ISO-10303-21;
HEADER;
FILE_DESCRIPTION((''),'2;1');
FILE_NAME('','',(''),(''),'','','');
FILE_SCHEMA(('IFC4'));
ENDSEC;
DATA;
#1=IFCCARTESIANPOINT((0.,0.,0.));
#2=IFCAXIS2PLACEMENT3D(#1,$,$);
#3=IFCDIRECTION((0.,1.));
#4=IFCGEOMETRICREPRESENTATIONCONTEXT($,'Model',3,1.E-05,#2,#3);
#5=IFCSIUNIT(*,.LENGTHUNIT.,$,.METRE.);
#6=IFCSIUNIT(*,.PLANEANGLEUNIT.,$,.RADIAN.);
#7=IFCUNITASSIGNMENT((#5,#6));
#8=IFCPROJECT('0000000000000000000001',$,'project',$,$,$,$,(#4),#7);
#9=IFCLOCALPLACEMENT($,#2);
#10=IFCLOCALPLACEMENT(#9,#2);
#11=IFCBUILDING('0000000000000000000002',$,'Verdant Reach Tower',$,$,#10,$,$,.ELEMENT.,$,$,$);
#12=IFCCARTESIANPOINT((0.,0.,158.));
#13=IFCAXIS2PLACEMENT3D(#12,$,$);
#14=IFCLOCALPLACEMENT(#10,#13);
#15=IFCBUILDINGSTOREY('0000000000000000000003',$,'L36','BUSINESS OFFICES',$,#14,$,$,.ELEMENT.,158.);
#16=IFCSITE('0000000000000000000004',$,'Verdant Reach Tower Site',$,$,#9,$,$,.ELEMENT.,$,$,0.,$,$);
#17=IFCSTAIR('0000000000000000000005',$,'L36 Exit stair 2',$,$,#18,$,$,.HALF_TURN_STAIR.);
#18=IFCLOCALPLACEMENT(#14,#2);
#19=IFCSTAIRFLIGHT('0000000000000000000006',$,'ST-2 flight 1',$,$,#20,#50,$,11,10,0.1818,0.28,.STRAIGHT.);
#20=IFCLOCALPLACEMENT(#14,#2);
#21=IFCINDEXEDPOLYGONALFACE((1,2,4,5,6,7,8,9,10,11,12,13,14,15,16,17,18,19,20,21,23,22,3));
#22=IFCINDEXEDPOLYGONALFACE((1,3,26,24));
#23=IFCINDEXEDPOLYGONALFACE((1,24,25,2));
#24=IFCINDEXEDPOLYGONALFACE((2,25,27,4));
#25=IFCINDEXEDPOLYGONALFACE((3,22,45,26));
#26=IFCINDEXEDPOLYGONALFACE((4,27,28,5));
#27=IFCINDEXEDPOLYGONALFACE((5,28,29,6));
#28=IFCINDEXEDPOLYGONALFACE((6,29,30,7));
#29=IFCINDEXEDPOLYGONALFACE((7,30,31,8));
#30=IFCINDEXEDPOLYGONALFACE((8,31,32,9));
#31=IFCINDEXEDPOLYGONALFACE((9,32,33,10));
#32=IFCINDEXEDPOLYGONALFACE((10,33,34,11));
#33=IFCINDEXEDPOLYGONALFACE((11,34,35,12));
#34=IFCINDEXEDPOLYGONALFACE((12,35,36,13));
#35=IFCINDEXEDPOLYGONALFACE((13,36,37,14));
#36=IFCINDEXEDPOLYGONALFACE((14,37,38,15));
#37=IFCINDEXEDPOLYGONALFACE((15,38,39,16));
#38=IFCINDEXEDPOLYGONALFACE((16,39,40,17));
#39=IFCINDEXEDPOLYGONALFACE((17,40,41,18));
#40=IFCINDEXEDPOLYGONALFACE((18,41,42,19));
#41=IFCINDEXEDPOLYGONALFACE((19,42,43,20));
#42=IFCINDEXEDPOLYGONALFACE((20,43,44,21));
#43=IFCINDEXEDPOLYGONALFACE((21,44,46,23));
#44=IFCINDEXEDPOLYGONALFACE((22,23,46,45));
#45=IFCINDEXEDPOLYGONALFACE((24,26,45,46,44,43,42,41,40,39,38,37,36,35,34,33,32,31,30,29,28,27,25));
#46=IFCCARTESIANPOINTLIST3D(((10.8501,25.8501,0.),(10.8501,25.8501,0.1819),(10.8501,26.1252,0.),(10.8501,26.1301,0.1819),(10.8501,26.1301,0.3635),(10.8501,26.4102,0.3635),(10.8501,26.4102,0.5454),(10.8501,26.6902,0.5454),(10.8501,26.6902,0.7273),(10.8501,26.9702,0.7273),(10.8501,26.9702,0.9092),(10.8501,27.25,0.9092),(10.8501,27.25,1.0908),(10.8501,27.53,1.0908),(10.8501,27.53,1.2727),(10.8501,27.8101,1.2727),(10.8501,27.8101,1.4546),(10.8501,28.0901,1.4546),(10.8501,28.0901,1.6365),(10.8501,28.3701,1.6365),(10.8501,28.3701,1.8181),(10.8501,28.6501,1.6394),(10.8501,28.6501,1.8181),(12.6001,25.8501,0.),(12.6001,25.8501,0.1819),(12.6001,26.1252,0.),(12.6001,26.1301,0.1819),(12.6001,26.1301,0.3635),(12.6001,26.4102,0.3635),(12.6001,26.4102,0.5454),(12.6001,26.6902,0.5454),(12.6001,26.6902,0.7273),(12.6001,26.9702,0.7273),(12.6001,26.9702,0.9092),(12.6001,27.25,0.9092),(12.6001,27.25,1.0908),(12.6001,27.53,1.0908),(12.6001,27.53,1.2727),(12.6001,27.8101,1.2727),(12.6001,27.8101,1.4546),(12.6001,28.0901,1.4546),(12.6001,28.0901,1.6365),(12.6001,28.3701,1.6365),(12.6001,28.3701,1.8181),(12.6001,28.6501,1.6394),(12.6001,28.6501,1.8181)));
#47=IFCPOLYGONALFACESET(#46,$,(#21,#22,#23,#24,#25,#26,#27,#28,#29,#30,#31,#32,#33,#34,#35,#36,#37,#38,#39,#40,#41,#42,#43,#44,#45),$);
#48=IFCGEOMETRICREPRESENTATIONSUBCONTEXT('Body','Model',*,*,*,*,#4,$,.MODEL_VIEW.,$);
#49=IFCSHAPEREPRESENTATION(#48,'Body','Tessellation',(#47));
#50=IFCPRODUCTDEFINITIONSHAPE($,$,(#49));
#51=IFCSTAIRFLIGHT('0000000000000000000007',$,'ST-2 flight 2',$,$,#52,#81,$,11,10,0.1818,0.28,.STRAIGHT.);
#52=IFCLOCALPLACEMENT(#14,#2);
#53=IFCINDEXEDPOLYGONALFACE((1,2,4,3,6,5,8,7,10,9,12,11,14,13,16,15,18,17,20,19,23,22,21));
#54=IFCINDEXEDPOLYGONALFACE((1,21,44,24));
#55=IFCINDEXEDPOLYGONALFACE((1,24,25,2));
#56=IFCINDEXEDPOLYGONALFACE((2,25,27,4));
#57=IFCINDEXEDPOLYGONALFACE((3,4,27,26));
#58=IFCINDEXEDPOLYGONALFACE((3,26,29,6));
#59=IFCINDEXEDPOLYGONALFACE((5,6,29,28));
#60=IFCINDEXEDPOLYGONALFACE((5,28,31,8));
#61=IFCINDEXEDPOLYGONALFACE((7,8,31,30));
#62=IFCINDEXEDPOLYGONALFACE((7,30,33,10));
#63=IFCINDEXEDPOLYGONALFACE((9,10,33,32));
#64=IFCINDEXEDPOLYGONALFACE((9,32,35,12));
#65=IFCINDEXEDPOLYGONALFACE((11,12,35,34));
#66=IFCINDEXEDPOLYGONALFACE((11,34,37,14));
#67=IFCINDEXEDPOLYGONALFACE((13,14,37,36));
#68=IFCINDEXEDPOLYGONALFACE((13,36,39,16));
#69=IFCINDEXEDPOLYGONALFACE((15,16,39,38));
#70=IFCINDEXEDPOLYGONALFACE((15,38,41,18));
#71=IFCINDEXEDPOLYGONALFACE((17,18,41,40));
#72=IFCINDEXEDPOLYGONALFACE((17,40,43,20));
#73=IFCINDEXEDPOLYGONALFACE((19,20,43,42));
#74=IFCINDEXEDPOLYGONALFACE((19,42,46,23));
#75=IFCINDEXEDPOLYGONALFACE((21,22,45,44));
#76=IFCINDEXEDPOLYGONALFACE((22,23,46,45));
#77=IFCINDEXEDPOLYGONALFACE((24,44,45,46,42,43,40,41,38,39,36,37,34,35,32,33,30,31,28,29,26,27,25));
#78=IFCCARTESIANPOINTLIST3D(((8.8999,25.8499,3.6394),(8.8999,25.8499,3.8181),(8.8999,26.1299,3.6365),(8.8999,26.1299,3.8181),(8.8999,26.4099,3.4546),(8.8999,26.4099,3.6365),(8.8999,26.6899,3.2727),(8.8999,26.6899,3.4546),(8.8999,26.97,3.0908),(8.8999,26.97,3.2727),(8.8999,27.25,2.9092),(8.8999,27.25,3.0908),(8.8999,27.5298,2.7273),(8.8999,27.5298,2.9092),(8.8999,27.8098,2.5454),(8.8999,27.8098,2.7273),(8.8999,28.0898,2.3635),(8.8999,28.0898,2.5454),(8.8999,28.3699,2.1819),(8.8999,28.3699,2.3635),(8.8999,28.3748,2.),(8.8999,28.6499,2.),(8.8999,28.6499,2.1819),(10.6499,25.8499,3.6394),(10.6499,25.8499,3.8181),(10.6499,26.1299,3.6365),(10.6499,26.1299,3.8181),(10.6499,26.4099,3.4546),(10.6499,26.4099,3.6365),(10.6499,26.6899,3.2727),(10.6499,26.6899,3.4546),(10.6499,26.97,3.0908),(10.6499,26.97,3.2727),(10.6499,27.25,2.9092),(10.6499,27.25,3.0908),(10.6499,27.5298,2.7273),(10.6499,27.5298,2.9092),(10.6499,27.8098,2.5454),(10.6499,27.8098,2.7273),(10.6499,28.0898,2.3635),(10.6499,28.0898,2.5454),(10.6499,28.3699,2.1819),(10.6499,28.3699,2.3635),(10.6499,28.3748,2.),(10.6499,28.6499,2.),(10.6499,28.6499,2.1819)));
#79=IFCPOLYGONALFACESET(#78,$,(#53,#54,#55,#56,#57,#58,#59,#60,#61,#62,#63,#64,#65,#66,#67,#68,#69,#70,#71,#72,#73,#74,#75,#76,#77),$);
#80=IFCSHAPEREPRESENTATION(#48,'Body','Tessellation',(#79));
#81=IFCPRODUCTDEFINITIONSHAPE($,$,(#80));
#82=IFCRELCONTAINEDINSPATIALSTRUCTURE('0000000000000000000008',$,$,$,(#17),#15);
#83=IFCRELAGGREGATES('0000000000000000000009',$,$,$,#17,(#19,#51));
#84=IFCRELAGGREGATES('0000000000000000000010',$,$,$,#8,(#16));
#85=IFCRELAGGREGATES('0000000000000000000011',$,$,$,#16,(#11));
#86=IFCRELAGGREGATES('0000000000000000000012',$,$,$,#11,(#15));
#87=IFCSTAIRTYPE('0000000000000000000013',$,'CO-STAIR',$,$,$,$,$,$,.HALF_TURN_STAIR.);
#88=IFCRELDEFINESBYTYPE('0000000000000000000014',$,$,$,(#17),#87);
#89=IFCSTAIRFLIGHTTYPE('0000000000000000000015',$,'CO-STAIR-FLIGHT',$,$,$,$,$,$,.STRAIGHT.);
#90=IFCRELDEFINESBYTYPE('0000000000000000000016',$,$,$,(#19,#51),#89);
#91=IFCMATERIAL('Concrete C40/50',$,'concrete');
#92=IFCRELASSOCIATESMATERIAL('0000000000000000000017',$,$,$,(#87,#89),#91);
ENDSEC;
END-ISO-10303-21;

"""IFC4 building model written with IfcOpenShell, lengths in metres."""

from ifc_helpers import new_model, si_unit, direction, frame, origin, place, context, subcontext, project, spatial, polyline, outline, extrude, material, type_object, element, aggregate, save


model = new_model("IFC4")

# Units and contexts
model_context = context("Model", 3, precision=1e-05, world=origin(), true_north=direction((0.0, 1.0)))
body_context = subcontext(model_context, "Body", "Model", "MODEL_VIEW")
ifc_project = project(units=[si_unit("LENGTHUNIT", "METRE"), si_unit("PLANEANGLEUNIT", "RADIAN")], contexts=[model_context])

# Site, building, storey
site_placement = place(None, origin())
site = spatial("IfcSite", under=ifc_project, at=site_placement, Name="Verdant Reach Tower Site", CompositionType="ELEMENT", RefElevation=0.0)
building_placement = place(site_placement, origin())
building = spatial("IfcBuilding", under=site, at=building_placement, Name="Verdant Reach Tower", CompositionType="ELEMENT")
storey_placement = place(building_placement, frame((0.0, 0.0, 158.0)))
storey = spatial("IfcBuildingStorey", under=building, at=storey_placement, Name="L36", Description="BUSINESS OFFICES", CompositionType="ELEMENT", Elevation=158.0)

# Shared definitions
ifc_material_1 = material(Name="Concrete C40/50", Category="concrete")

# Stair, stair flights
stair_type = type_object("IfcStairType", Name="CO-STAIR", PredefinedType="HALF_TURN_STAIR", material=ifc_material_1)
stair_placement = place(storey_placement, origin())
stair = element("IfcStair", 1, at=stair_placement, inside=storey, type_object=stair_type, Name="L36 Exit stair 2", PredefinedType="HALF_TURN_STAIR")
stair_flight_type = type_object("IfcStairFlightType", Name="CO-STAIR-FLIGHT", PredefinedType="STRAIGHT", material=ifc_material_1)
stair_flight_1_placement = place(storey_placement, frame((11.7251, 25.8501, 0.0), z_axis=(0.0, 0.0, 1.0), x_axis=(0.0, 1.0, 0.0)))
stair_flight_1 = element("IfcStairFlight", 2, at=stair_flight_1_placement, type_object=stair_flight_type, Name="ST-2 flight 1", NumberOfRisers=11, NumberOfTreads=10, PredefinedType="STRAIGHT", RiserHeight=0.1818, TreadLength=0.28, context=body_context, shape_type="SweptSolid", body=[
    extrude(outline(polyline([(0.0, 0.0), (0.0, 0.1819), (0.28, 0.1819), (0.28, 0.3635), (0.5601, 0.3635), (0.5601, 0.5454), (0.8401, 0.5454), (0.8401, 0.7273), (1.1201, 0.7273), (1.1201, 0.9092), (1.3999, 0.9092), (1.3999, 1.0908), (1.6799, 1.0908), (1.6799, 1.2727), (1.96, 1.2727), (1.96, 1.4546), (2.24, 1.4546), (2.24, 1.6365), (2.52, 1.6365), (2.52, 1.8181), (2.8, 1.8181), (2.8, 2.0), (2.8, 1.6394), (0.2751, 0.0), (0.0, 0.0)])), frame((0.0, 0.875, 0.0), z_axis=(0.0, -1.0, 0.0), x_axis=(1.0, 0.0, 0.0)), (0.0, 0.0, 1.0), 1.75),
])
stair_flight_2_placement = place(storey_placement, frame((9.7749, 28.6499, 2.0), z_axis=(0.0, 0.0, 1.0), x_axis=(0.0, -1.0, 0.0)))
stair_flight_2 = element("IfcStairFlight", 3, at=stair_flight_2_placement, type_object=stair_flight_type, Name="ST-2 flight 2", NumberOfRisers=11, NumberOfTreads=10, PredefinedType="STRAIGHT", RiserHeight=0.1818, TreadLength=0.28, context=body_context, shape_type="SweptSolid", body=[
    extrude(outline(polyline([(0.0, 0.0), (0.0, 0.1819), (0.28, 0.1819), (0.28, 0.3635), (0.5601, 0.3635), (0.5601, 0.5454), (0.8401, 0.5454), (0.8401, 0.7273), (1.1201, 0.7273), (1.1201, 0.9092), (1.3999, 0.9092), (1.3999, 1.0908), (1.6799, 1.0908), (1.6799, 1.2727), (1.96, 1.2727), (1.96, 1.4546), (2.24, 1.4546), (2.24, 1.6365), (2.52, 1.6365), (2.52, 1.8181), (2.8, 1.8181), (2.8, 2.0), (2.8, 1.6394), (0.2751, 0.0), (0.0, 0.0)])), frame((0.0, 0.875, 0.0), z_axis=(0.0, -1.0, 0.0), x_axis=(1.0, 0.0, 0.0)), (0.0, 0.0, 1.0), 1.75),
])
aggregate(stair, [stair_flight_1, stair_flight_2])

save(model, "model.ifc")
